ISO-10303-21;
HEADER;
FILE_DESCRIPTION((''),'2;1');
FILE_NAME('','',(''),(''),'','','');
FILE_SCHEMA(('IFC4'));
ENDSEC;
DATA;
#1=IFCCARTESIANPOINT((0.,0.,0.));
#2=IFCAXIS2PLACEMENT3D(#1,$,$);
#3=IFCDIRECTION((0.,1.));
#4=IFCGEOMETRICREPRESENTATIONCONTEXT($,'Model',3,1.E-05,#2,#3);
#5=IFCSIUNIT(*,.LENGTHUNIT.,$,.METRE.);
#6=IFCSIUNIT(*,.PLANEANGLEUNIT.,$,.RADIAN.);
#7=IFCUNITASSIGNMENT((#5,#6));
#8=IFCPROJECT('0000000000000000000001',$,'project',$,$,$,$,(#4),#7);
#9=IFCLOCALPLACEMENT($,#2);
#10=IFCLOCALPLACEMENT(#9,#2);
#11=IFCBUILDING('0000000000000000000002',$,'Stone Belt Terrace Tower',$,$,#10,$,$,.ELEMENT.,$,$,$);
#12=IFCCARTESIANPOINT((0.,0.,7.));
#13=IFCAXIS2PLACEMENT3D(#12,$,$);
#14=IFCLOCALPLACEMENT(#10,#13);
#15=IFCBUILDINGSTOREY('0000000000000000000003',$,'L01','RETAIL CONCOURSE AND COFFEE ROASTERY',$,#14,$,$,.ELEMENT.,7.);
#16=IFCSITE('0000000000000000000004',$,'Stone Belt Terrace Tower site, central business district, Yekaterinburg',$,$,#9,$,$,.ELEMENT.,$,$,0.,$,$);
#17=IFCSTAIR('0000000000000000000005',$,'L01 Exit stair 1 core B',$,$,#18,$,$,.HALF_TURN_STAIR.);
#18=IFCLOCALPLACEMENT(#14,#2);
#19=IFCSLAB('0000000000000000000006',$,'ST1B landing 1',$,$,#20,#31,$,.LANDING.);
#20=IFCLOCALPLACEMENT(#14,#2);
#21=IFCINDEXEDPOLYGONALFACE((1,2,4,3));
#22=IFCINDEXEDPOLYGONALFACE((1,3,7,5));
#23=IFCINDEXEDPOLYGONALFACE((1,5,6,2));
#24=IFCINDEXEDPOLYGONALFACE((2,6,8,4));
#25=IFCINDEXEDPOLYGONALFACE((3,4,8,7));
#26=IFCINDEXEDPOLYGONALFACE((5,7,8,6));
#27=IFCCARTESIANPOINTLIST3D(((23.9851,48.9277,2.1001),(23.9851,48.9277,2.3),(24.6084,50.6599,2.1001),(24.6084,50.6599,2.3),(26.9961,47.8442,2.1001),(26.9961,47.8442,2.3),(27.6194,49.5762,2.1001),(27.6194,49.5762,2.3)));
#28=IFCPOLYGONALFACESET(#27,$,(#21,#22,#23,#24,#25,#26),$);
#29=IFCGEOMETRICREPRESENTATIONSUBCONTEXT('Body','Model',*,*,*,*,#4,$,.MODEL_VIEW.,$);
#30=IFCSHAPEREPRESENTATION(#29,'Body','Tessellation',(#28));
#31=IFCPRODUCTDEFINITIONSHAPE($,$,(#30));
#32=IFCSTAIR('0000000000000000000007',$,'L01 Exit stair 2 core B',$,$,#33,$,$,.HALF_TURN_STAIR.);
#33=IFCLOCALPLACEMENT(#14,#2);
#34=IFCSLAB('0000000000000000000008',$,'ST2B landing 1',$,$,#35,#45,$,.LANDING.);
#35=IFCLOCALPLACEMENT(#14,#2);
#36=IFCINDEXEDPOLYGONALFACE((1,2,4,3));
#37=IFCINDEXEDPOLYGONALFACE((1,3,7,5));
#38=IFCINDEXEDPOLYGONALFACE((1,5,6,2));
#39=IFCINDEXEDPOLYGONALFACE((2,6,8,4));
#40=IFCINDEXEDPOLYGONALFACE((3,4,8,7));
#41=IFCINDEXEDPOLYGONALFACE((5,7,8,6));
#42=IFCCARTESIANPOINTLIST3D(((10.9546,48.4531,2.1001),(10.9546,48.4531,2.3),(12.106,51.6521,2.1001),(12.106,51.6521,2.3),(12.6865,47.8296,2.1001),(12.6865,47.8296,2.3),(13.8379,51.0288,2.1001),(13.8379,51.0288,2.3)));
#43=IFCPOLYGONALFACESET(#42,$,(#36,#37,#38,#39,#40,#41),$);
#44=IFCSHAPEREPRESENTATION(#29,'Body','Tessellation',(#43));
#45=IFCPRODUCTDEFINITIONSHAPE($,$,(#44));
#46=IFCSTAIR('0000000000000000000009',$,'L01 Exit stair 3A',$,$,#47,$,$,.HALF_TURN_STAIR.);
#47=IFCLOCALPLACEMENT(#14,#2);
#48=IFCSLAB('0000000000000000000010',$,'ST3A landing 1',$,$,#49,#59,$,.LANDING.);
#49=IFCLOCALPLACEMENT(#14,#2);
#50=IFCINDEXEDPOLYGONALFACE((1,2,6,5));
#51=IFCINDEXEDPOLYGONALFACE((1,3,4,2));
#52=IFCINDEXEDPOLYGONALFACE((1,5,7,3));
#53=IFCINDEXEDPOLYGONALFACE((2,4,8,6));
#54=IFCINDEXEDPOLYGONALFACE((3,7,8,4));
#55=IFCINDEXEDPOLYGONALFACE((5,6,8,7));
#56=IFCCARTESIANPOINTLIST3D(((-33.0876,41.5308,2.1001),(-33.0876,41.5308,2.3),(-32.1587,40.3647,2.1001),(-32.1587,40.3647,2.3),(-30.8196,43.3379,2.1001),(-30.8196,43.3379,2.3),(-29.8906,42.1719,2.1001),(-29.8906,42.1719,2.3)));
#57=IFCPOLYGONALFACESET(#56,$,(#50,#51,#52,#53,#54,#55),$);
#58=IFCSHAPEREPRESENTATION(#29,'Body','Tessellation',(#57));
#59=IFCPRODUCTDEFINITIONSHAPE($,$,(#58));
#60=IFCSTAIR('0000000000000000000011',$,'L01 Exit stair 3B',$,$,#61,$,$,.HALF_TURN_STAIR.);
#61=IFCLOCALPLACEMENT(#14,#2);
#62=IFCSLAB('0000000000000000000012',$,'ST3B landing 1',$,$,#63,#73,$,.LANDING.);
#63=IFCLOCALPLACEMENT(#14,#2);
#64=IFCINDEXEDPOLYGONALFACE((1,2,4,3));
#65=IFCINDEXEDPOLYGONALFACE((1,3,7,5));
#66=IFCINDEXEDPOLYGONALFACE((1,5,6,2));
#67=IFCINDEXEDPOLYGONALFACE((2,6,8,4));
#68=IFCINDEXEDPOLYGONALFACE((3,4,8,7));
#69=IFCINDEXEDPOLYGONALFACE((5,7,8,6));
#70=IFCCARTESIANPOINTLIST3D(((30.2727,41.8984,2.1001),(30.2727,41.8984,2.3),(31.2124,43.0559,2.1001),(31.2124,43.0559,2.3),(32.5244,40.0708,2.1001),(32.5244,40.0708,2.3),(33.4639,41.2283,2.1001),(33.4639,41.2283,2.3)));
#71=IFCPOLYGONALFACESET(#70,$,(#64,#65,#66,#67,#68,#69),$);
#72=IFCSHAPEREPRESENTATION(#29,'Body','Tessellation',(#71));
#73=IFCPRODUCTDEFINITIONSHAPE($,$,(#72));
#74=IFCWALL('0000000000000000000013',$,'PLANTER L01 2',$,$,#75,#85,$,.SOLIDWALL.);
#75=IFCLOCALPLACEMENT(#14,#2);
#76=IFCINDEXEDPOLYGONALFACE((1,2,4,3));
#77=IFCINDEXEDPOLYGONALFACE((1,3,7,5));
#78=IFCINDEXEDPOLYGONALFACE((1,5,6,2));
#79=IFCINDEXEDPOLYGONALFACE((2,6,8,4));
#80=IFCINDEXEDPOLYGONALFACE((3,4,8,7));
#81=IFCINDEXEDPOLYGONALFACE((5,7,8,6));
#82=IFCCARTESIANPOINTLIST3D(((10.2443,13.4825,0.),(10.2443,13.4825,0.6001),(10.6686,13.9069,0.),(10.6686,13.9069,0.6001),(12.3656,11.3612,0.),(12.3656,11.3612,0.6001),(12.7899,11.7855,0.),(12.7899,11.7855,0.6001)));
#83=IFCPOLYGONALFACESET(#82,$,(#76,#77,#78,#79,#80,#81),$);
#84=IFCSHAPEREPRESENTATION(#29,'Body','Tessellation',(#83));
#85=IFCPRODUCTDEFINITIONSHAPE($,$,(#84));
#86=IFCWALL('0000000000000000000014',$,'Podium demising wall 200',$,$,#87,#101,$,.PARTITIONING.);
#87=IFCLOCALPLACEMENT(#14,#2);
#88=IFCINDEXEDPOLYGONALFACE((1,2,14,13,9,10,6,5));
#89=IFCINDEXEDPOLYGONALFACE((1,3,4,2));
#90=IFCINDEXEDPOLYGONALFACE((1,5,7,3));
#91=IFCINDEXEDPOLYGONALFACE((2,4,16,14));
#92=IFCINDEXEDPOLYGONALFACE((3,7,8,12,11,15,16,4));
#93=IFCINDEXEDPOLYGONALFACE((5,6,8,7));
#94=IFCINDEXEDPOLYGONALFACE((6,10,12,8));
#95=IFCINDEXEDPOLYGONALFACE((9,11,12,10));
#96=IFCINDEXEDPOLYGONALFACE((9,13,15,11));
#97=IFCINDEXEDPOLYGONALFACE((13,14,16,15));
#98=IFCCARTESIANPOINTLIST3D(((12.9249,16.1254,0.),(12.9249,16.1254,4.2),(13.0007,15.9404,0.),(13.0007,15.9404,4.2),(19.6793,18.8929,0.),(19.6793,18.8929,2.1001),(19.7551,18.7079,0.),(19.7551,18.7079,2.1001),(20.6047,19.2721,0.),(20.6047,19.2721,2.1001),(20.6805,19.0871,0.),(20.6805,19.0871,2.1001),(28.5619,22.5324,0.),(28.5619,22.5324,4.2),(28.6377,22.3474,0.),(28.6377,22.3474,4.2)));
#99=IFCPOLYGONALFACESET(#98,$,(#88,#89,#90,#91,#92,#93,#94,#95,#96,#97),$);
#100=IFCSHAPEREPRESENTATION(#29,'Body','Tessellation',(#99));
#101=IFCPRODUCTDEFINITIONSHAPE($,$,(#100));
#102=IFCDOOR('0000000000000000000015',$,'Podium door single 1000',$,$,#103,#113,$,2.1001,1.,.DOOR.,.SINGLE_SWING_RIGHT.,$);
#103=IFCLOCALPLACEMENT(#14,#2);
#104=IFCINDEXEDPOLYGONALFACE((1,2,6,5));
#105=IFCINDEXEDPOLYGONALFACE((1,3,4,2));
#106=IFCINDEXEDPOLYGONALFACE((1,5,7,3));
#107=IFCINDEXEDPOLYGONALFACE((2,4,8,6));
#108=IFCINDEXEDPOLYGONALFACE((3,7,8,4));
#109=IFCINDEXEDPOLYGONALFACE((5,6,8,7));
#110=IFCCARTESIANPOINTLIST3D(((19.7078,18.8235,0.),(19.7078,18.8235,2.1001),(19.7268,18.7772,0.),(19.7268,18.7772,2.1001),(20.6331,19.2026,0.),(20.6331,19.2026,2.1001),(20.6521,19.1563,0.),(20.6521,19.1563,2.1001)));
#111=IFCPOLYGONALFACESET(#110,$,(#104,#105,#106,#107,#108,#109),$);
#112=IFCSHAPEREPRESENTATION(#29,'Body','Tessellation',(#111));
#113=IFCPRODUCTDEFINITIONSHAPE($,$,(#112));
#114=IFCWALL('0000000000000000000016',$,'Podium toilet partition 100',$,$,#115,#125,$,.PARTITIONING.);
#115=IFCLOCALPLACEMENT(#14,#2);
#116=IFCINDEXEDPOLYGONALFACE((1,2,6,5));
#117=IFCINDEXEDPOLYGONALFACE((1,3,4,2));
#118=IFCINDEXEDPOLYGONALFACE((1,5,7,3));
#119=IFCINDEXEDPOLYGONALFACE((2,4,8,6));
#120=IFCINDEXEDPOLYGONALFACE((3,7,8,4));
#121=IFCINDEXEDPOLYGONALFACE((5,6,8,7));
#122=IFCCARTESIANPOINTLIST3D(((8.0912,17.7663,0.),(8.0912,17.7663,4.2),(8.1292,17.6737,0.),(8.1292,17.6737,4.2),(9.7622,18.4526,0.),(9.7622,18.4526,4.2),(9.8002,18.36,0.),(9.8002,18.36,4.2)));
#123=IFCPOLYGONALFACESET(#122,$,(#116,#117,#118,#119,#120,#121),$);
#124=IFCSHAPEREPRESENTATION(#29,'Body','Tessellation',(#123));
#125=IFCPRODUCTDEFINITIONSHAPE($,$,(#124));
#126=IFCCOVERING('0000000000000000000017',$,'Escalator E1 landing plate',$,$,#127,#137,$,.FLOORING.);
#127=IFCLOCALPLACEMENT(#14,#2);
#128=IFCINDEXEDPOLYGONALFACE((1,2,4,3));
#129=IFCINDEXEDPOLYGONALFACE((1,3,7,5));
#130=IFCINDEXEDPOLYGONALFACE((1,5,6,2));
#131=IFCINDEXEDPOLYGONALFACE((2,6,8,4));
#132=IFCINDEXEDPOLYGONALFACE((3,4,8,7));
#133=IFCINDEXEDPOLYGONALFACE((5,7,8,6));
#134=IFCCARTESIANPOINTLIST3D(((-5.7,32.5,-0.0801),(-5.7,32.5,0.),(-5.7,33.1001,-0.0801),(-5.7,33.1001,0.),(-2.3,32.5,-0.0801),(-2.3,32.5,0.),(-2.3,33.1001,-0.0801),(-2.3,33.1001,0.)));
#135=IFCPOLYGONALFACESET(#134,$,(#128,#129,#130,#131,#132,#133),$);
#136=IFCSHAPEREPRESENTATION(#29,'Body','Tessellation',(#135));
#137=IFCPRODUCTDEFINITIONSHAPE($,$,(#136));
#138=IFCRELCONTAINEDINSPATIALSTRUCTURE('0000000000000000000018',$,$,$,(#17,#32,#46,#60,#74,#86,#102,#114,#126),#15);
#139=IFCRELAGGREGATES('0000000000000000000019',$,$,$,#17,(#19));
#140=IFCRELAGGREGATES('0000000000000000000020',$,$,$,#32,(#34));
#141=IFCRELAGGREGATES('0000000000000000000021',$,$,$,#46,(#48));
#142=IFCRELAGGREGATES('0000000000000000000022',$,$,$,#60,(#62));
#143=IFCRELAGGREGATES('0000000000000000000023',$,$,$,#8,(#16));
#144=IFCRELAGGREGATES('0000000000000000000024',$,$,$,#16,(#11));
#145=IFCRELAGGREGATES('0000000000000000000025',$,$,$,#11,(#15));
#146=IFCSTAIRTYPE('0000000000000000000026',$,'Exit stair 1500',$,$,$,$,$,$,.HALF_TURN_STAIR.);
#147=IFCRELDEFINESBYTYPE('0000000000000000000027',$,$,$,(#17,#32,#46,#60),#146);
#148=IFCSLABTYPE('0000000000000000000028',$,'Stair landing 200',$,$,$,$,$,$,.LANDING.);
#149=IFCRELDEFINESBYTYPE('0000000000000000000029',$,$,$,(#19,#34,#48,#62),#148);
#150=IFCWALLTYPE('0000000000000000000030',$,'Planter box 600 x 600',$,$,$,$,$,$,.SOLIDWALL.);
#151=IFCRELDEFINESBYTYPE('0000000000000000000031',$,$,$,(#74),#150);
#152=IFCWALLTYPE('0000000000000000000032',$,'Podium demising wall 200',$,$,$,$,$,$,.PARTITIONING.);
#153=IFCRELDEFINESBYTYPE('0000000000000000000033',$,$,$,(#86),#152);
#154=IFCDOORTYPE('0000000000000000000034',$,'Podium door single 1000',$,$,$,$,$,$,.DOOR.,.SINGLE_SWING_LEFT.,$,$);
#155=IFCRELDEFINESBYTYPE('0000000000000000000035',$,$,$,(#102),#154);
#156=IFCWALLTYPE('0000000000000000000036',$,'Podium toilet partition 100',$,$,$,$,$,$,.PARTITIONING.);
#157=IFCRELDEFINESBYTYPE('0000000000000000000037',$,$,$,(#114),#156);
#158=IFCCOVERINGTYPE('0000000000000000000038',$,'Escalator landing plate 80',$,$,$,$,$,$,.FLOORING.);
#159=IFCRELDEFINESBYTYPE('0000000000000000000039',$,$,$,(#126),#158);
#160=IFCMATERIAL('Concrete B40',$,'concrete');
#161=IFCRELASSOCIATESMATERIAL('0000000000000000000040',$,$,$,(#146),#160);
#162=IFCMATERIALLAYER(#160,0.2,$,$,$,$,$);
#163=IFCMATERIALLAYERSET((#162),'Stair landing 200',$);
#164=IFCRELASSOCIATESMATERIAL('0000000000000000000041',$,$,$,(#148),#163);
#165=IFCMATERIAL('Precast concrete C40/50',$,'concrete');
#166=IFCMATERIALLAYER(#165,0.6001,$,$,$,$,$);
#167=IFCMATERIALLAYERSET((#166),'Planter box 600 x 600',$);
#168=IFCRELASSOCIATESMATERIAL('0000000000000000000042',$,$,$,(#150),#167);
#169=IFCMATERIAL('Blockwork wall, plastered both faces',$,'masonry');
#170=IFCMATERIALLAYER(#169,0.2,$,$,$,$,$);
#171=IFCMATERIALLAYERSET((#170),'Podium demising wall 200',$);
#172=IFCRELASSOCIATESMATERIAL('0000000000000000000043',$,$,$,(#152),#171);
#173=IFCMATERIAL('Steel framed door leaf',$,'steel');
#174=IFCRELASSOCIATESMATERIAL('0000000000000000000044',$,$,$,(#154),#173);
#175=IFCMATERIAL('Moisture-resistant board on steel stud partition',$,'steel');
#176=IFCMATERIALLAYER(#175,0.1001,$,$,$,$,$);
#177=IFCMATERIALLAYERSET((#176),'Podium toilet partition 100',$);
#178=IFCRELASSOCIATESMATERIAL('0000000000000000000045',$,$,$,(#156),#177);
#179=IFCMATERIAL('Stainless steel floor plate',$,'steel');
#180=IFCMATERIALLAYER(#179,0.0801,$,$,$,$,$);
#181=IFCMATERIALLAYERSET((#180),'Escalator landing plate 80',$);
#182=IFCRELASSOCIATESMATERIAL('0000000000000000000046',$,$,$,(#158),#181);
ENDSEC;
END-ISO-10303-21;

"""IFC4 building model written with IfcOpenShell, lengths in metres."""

from ifc_helpers import new_model, si_unit, direction, frame, frame_2d, origin, origin_2d, place, context, subcontext, project, spatial, polyline, rectangle, outline, extrude, material, layer, layer_set, type_object, element, fill, aggregate, save


model = new_model("IFC4")

# Units and contexts
model_context = context("Model", 3, precision=1e-05, world=origin(), true_north=direction((0.0, 1.0)))
body_context = subcontext(model_context, "Body", "Model", "MODEL_VIEW")
ifc_project = project(units=[si_unit("LENGTHUNIT", "METRE"), si_unit("PLANEANGLEUNIT", "RADIAN")], contexts=[model_context])

# Site, building, storey
site_placement = place(None, origin())
site = spatial("IfcSite", under=ifc_project, at=site_placement, Name="Stone Belt Terrace Tower site, central business district, Yekaterinburg", CompositionType="ELEMENT", RefElevation=0.0)
building_placement = place(site_placement, origin())
building = spatial("IfcBuilding", under=site, at=building_placement, Name="Stone Belt Terrace Tower", CompositionType="ELEMENT")
storey_placement = place(building_placement, frame((0.0, 0.0, 7.0)))
storey = spatial("IfcBuildingStorey", under=building, at=storey_placement, Name="L01", Description="RETAIL CONCOURSE AND COFFEE ROASTERY", CompositionType="ELEMENT", Elevation=7.0)

# Shared definitions
ifc_material_1 = material(Name="Concrete B40", Category="concrete")

# Stairs, slabs
stair_type_1 = type_object("IfcStairType", Name="Exit stair 1500", PredefinedType="HALF_TURN_STAIR", material=ifc_material_1)
ifc_layer_1 = layer(ifc_material_1, 0.2)
ifc_layer_set_1 = layer_set([ifc_layer_1], Name="Stair landing 200")
slab_type_1 = type_object("IfcSlabType", Name="Stair landing 200", PredefinedType="LANDING", material=ifc_layer_set_1)
stair_1_placement = place(storey_placement, origin())
stair_1 = element("IfcStair", 1, at=stair_1_placement, inside=storey, type_object=stair_type_1, Name="L01 Exit stair 1 core B", PredefinedType="HALF_TURN_STAIR")
slab_1_placement = place(storey_placement, frame((0.0, 0.0, 2.1001)))
slab_1 = element("IfcSlab", 2, at=slab_1_placement, type_object=slab_type_1, Name="ST1B landing 1", PredefinedType="LANDING", context=body_context, shape_type="SweptSolid", body=[
    extrude(outline(polyline([(26.9961, 47.8442), (27.6194, 49.5762), (24.6084, 50.6599), (23.9851, 48.9277), (26.9961, 47.8442)])), origin(), (0.0, 0.0, 1.0), 0.2),
])
aggregate(stair_1, [slab_1])
stair_2_placement = place(storey_placement, origin())
stair_2 = element("IfcStair", 3, at=stair_2_placement, inside=storey, type_object=stair_type_1, Name="L01 Exit stair 2 core B", PredefinedType="HALF_TURN_STAIR")
slab_2_placement = place(storey_placement, frame((0.0, 0.0, 2.1001)))
slab_2 = element("IfcSlab", 4, at=slab_2_placement, type_object=slab_type_1, Name="ST2B landing 1", PredefinedType="LANDING", context=body_context, shape_type="SweptSolid", body=[
    extrude(outline(polyline([(13.8379, 51.0288), (12.106, 51.6521), (10.9546, 48.4531), (12.6865, 47.8296), (13.8379, 51.0288)])), origin(), (0.0, 0.0, 1.0), 0.2),
])
aggregate(stair_2, [slab_2])
stair_3_placement = place(storey_placement, origin())
stair_3 = element("IfcStair", 5, at=stair_3_placement, inside=storey, type_object=stair_type_1, Name="L01 Exit stair 3A", PredefinedType="HALF_TURN_STAIR")
slab_3_placement = place(storey_placement, frame((0.0, 0.0, 2.1001)))
slab_3 = element("IfcSlab", 6, at=slab_3_placement, type_object=slab_type_1, Name="ST3A landing 1", PredefinedType="LANDING", context=body_context, shape_type="SweptSolid", body=[
    extrude(outline(polyline([(-29.8906, 42.1719), (-30.8196, 43.3379), (-33.0876, 41.5308), (-32.1587, 40.3647), (-29.8906, 42.1719)])), origin(), (0.0, 0.0, 1.0), 0.2),
])
aggregate(stair_3, [slab_3])
stair_4_placement = place(storey_placement, origin())
stair_4 = element("IfcStair", 7, at=stair_4_placement, inside=storey, type_object=stair_type_1, Name="L01 Exit stair 3B", PredefinedType="HALF_TURN_STAIR")
slab_4_placement = place(storey_placement, frame((0.0, 0.0, 2.1001)))
slab_4 = element("IfcSlab", 8, at=slab_4_placement, type_object=slab_type_1, Name="ST3B landing 1", PredefinedType="LANDING", context=body_context, shape_type="SweptSolid", body=[
    extrude(outline(polyline([(32.5244, 40.0708), (33.4639, 41.2283), (31.2124, 43.0559), (30.2727, 41.8984), (32.5244, 40.0708)])), origin(), (0.0, 0.0, 1.0), 0.2),
])
aggregate(stair_4, [slab_4])

# Wall
ifc_material_2 = material(Name="Precast concrete C40/50", Category="concrete")
ifc_layer_2 = layer(ifc_material_2, 0.6001)
ifc_layer_set_2 = layer_set([ifc_layer_2], Name="Planter box 600 x 600")
wall_type_1 = type_object("IfcWallType", Name="Planter box 600 x 600", PredefinedType="SOLIDWALL", material=ifc_layer_set_2)
wall_1_placement = place(storey_placement, frame((11.5171, 12.634, 0.0), z_axis=(0.0, 0.0, 1.0), x_axis=(0.707107, -0.707107, 0.0)))
element("IfcWall", 9, at=wall_1_placement, inside=storey, type_object=wall_type_1, Name="PLANTER L01 2", PredefinedType="SOLIDWALL", context=body_context, shape_type="SweptSolid", body=[
    extrude(rectangle(XDim=3.0, YDim=0.6001, at=origin_2d()), origin(), (0.0, 0.0, 1.0), 0.6001),
])

# Wall, opening, door
ifc_material_3 = material(Name="Blockwork wall, plastered both faces", Category="masonry")
ifc_layer_3 = layer(ifc_material_3, 0.2)
ifc_layer_set_3 = layer_set([ifc_layer_3], Name="Podium demising wall 200")
wall_type_2 = type_object("IfcWallType", Name="Podium demising wall 200", PredefinedType="PARTITIONING", material=ifc_layer_set_3)
wall_2_placement = place(storey_placement, frame((12.9629, 16.033, 0.0), z_axis=(0.0, 0.0, 1.0), x_axis=(0.925339, 0.379142, 0.0)))
wall_2 = element("IfcWall", 10, at=wall_2_placement, inside=storey, type_object=wall_type_2, Name="Podium demising wall 200", PredefinedType="PARTITIONING", context=body_context, shape_type="SweptSolid", body=[
    extrude(rectangle(XDim=16.8987, YDim=0.2, at=frame_2d((8.4492, 0.0))), origin(), (0.0, 0.0, 1.0), 4.2),
])
opening_placement = place(wall_2_placement, frame((7.2993, 0.0, 0.0)))
opening = element("IfcOpeningElement", 11, at=opening_placement, cuts=wall_2, PredefinedType="OPENING", context=body_context, shape_type="SweptSolid", body=[
    extrude(rectangle(XDim=1.0, YDim=2.1001, at=frame_2d((0.5, 1.05))), frame((0.0, 0.1099, 0.0), z_axis=(0.0, -1.0, 0.0), x_axis=(1.0, 0.0, 0.0)), (0.0, 0.0, 1.0), 0.22),
])
ifc_material_4 = material(Name="Steel framed door leaf", Category="steel")
door_type = type_object("IfcDoorType", Name="Podium door single 1000", OperationType="SINGLE_SWING_LEFT", PredefinedType="DOOR", material=ifc_material_4)
door_placement = place(opening_placement, origin())
door = element("IfcDoor", 12, at=door_placement, inside=storey, type_object=door_type, Name="Podium door single 1000", OperationType="SINGLE_SWING_RIGHT", OverallHeight=2.1001, OverallWidth=1.0, PredefinedType="DOOR", context=body_context, shape_type="SweptSolid", body=[
    extrude(rectangle(XDim=1.0, YDim=2.1001, at=frame_2d((0.5, 1.05))), frame((0.0, 0.0249, 0.0), z_axis=(0.0, -1.0, 0.0), x_axis=(1.0, 0.0, 0.0)), (0.0, 0.0, 1.0), 0.05),
])
fill(opening, door)

# Wall
ifc_material_5 = material(Name="Moisture-resistant board on steel stud partition", Category="steel")
ifc_layer_4 = layer(ifc_material_5, 0.1001)
ifc_layer_set_4 = layer_set([ifc_layer_4], Name="Podium toilet partition 100")
wall_type_3 = type_object("IfcWallType", Name="Podium toilet partition 100", PredefinedType="PARTITIONING", material=ifc_layer_set_4)
wall_3_placement = place(storey_placement, frame((8.1101, 17.72, 0.0), z_axis=(0.0, 0.0, 1.0), x_axis=(0.925016, 0.379927, 0.0)))
element("IfcWall", 13, at=wall_3_placement, inside=storey, type_object=wall_type_3, Name="Podium toilet partition 100", PredefinedType="PARTITIONING", context=body_context, shape_type="SweptSolid", body=[
    extrude(rectangle(XDim=1.8064, YDim=0.1001, at=frame_2d((0.9033, 0.0))), origin(), (0.0, 0.0, 1.0), 4.2),
])

# Covering
ifc_material_6 = material(Name="Stainless steel floor plate", Category="steel")
ifc_layer_5 = layer(ifc_material_6, 0.0801)
ifc_layer_set_5 = layer_set([ifc_layer_5], Name="Escalator landing plate 80")
covering_type = type_object("IfcCoveringType", Name="Escalator landing plate 80", PredefinedType="FLOORING", material=ifc_layer_set_5)
covering_placement = place(storey_placement, frame((0.0, 0.0, -0.0801)))
element("IfcCovering", 14, at=covering_placement, inside=storey, type_object=covering_type, Name="Escalator E1 landing plate", PredefinedType="FLOORING", context=body_context, shape_type="SweptSolid", body=[
    extrude(outline(polyline([(-5.7, 32.5), (-5.7, 33.1001), (-2.3, 33.1001), (-2.3, 32.5), (-5.7, 32.5)])), origin(), (0.0, 0.0, 1.0), 0.0801),
])

save(model, "model.ifc")
